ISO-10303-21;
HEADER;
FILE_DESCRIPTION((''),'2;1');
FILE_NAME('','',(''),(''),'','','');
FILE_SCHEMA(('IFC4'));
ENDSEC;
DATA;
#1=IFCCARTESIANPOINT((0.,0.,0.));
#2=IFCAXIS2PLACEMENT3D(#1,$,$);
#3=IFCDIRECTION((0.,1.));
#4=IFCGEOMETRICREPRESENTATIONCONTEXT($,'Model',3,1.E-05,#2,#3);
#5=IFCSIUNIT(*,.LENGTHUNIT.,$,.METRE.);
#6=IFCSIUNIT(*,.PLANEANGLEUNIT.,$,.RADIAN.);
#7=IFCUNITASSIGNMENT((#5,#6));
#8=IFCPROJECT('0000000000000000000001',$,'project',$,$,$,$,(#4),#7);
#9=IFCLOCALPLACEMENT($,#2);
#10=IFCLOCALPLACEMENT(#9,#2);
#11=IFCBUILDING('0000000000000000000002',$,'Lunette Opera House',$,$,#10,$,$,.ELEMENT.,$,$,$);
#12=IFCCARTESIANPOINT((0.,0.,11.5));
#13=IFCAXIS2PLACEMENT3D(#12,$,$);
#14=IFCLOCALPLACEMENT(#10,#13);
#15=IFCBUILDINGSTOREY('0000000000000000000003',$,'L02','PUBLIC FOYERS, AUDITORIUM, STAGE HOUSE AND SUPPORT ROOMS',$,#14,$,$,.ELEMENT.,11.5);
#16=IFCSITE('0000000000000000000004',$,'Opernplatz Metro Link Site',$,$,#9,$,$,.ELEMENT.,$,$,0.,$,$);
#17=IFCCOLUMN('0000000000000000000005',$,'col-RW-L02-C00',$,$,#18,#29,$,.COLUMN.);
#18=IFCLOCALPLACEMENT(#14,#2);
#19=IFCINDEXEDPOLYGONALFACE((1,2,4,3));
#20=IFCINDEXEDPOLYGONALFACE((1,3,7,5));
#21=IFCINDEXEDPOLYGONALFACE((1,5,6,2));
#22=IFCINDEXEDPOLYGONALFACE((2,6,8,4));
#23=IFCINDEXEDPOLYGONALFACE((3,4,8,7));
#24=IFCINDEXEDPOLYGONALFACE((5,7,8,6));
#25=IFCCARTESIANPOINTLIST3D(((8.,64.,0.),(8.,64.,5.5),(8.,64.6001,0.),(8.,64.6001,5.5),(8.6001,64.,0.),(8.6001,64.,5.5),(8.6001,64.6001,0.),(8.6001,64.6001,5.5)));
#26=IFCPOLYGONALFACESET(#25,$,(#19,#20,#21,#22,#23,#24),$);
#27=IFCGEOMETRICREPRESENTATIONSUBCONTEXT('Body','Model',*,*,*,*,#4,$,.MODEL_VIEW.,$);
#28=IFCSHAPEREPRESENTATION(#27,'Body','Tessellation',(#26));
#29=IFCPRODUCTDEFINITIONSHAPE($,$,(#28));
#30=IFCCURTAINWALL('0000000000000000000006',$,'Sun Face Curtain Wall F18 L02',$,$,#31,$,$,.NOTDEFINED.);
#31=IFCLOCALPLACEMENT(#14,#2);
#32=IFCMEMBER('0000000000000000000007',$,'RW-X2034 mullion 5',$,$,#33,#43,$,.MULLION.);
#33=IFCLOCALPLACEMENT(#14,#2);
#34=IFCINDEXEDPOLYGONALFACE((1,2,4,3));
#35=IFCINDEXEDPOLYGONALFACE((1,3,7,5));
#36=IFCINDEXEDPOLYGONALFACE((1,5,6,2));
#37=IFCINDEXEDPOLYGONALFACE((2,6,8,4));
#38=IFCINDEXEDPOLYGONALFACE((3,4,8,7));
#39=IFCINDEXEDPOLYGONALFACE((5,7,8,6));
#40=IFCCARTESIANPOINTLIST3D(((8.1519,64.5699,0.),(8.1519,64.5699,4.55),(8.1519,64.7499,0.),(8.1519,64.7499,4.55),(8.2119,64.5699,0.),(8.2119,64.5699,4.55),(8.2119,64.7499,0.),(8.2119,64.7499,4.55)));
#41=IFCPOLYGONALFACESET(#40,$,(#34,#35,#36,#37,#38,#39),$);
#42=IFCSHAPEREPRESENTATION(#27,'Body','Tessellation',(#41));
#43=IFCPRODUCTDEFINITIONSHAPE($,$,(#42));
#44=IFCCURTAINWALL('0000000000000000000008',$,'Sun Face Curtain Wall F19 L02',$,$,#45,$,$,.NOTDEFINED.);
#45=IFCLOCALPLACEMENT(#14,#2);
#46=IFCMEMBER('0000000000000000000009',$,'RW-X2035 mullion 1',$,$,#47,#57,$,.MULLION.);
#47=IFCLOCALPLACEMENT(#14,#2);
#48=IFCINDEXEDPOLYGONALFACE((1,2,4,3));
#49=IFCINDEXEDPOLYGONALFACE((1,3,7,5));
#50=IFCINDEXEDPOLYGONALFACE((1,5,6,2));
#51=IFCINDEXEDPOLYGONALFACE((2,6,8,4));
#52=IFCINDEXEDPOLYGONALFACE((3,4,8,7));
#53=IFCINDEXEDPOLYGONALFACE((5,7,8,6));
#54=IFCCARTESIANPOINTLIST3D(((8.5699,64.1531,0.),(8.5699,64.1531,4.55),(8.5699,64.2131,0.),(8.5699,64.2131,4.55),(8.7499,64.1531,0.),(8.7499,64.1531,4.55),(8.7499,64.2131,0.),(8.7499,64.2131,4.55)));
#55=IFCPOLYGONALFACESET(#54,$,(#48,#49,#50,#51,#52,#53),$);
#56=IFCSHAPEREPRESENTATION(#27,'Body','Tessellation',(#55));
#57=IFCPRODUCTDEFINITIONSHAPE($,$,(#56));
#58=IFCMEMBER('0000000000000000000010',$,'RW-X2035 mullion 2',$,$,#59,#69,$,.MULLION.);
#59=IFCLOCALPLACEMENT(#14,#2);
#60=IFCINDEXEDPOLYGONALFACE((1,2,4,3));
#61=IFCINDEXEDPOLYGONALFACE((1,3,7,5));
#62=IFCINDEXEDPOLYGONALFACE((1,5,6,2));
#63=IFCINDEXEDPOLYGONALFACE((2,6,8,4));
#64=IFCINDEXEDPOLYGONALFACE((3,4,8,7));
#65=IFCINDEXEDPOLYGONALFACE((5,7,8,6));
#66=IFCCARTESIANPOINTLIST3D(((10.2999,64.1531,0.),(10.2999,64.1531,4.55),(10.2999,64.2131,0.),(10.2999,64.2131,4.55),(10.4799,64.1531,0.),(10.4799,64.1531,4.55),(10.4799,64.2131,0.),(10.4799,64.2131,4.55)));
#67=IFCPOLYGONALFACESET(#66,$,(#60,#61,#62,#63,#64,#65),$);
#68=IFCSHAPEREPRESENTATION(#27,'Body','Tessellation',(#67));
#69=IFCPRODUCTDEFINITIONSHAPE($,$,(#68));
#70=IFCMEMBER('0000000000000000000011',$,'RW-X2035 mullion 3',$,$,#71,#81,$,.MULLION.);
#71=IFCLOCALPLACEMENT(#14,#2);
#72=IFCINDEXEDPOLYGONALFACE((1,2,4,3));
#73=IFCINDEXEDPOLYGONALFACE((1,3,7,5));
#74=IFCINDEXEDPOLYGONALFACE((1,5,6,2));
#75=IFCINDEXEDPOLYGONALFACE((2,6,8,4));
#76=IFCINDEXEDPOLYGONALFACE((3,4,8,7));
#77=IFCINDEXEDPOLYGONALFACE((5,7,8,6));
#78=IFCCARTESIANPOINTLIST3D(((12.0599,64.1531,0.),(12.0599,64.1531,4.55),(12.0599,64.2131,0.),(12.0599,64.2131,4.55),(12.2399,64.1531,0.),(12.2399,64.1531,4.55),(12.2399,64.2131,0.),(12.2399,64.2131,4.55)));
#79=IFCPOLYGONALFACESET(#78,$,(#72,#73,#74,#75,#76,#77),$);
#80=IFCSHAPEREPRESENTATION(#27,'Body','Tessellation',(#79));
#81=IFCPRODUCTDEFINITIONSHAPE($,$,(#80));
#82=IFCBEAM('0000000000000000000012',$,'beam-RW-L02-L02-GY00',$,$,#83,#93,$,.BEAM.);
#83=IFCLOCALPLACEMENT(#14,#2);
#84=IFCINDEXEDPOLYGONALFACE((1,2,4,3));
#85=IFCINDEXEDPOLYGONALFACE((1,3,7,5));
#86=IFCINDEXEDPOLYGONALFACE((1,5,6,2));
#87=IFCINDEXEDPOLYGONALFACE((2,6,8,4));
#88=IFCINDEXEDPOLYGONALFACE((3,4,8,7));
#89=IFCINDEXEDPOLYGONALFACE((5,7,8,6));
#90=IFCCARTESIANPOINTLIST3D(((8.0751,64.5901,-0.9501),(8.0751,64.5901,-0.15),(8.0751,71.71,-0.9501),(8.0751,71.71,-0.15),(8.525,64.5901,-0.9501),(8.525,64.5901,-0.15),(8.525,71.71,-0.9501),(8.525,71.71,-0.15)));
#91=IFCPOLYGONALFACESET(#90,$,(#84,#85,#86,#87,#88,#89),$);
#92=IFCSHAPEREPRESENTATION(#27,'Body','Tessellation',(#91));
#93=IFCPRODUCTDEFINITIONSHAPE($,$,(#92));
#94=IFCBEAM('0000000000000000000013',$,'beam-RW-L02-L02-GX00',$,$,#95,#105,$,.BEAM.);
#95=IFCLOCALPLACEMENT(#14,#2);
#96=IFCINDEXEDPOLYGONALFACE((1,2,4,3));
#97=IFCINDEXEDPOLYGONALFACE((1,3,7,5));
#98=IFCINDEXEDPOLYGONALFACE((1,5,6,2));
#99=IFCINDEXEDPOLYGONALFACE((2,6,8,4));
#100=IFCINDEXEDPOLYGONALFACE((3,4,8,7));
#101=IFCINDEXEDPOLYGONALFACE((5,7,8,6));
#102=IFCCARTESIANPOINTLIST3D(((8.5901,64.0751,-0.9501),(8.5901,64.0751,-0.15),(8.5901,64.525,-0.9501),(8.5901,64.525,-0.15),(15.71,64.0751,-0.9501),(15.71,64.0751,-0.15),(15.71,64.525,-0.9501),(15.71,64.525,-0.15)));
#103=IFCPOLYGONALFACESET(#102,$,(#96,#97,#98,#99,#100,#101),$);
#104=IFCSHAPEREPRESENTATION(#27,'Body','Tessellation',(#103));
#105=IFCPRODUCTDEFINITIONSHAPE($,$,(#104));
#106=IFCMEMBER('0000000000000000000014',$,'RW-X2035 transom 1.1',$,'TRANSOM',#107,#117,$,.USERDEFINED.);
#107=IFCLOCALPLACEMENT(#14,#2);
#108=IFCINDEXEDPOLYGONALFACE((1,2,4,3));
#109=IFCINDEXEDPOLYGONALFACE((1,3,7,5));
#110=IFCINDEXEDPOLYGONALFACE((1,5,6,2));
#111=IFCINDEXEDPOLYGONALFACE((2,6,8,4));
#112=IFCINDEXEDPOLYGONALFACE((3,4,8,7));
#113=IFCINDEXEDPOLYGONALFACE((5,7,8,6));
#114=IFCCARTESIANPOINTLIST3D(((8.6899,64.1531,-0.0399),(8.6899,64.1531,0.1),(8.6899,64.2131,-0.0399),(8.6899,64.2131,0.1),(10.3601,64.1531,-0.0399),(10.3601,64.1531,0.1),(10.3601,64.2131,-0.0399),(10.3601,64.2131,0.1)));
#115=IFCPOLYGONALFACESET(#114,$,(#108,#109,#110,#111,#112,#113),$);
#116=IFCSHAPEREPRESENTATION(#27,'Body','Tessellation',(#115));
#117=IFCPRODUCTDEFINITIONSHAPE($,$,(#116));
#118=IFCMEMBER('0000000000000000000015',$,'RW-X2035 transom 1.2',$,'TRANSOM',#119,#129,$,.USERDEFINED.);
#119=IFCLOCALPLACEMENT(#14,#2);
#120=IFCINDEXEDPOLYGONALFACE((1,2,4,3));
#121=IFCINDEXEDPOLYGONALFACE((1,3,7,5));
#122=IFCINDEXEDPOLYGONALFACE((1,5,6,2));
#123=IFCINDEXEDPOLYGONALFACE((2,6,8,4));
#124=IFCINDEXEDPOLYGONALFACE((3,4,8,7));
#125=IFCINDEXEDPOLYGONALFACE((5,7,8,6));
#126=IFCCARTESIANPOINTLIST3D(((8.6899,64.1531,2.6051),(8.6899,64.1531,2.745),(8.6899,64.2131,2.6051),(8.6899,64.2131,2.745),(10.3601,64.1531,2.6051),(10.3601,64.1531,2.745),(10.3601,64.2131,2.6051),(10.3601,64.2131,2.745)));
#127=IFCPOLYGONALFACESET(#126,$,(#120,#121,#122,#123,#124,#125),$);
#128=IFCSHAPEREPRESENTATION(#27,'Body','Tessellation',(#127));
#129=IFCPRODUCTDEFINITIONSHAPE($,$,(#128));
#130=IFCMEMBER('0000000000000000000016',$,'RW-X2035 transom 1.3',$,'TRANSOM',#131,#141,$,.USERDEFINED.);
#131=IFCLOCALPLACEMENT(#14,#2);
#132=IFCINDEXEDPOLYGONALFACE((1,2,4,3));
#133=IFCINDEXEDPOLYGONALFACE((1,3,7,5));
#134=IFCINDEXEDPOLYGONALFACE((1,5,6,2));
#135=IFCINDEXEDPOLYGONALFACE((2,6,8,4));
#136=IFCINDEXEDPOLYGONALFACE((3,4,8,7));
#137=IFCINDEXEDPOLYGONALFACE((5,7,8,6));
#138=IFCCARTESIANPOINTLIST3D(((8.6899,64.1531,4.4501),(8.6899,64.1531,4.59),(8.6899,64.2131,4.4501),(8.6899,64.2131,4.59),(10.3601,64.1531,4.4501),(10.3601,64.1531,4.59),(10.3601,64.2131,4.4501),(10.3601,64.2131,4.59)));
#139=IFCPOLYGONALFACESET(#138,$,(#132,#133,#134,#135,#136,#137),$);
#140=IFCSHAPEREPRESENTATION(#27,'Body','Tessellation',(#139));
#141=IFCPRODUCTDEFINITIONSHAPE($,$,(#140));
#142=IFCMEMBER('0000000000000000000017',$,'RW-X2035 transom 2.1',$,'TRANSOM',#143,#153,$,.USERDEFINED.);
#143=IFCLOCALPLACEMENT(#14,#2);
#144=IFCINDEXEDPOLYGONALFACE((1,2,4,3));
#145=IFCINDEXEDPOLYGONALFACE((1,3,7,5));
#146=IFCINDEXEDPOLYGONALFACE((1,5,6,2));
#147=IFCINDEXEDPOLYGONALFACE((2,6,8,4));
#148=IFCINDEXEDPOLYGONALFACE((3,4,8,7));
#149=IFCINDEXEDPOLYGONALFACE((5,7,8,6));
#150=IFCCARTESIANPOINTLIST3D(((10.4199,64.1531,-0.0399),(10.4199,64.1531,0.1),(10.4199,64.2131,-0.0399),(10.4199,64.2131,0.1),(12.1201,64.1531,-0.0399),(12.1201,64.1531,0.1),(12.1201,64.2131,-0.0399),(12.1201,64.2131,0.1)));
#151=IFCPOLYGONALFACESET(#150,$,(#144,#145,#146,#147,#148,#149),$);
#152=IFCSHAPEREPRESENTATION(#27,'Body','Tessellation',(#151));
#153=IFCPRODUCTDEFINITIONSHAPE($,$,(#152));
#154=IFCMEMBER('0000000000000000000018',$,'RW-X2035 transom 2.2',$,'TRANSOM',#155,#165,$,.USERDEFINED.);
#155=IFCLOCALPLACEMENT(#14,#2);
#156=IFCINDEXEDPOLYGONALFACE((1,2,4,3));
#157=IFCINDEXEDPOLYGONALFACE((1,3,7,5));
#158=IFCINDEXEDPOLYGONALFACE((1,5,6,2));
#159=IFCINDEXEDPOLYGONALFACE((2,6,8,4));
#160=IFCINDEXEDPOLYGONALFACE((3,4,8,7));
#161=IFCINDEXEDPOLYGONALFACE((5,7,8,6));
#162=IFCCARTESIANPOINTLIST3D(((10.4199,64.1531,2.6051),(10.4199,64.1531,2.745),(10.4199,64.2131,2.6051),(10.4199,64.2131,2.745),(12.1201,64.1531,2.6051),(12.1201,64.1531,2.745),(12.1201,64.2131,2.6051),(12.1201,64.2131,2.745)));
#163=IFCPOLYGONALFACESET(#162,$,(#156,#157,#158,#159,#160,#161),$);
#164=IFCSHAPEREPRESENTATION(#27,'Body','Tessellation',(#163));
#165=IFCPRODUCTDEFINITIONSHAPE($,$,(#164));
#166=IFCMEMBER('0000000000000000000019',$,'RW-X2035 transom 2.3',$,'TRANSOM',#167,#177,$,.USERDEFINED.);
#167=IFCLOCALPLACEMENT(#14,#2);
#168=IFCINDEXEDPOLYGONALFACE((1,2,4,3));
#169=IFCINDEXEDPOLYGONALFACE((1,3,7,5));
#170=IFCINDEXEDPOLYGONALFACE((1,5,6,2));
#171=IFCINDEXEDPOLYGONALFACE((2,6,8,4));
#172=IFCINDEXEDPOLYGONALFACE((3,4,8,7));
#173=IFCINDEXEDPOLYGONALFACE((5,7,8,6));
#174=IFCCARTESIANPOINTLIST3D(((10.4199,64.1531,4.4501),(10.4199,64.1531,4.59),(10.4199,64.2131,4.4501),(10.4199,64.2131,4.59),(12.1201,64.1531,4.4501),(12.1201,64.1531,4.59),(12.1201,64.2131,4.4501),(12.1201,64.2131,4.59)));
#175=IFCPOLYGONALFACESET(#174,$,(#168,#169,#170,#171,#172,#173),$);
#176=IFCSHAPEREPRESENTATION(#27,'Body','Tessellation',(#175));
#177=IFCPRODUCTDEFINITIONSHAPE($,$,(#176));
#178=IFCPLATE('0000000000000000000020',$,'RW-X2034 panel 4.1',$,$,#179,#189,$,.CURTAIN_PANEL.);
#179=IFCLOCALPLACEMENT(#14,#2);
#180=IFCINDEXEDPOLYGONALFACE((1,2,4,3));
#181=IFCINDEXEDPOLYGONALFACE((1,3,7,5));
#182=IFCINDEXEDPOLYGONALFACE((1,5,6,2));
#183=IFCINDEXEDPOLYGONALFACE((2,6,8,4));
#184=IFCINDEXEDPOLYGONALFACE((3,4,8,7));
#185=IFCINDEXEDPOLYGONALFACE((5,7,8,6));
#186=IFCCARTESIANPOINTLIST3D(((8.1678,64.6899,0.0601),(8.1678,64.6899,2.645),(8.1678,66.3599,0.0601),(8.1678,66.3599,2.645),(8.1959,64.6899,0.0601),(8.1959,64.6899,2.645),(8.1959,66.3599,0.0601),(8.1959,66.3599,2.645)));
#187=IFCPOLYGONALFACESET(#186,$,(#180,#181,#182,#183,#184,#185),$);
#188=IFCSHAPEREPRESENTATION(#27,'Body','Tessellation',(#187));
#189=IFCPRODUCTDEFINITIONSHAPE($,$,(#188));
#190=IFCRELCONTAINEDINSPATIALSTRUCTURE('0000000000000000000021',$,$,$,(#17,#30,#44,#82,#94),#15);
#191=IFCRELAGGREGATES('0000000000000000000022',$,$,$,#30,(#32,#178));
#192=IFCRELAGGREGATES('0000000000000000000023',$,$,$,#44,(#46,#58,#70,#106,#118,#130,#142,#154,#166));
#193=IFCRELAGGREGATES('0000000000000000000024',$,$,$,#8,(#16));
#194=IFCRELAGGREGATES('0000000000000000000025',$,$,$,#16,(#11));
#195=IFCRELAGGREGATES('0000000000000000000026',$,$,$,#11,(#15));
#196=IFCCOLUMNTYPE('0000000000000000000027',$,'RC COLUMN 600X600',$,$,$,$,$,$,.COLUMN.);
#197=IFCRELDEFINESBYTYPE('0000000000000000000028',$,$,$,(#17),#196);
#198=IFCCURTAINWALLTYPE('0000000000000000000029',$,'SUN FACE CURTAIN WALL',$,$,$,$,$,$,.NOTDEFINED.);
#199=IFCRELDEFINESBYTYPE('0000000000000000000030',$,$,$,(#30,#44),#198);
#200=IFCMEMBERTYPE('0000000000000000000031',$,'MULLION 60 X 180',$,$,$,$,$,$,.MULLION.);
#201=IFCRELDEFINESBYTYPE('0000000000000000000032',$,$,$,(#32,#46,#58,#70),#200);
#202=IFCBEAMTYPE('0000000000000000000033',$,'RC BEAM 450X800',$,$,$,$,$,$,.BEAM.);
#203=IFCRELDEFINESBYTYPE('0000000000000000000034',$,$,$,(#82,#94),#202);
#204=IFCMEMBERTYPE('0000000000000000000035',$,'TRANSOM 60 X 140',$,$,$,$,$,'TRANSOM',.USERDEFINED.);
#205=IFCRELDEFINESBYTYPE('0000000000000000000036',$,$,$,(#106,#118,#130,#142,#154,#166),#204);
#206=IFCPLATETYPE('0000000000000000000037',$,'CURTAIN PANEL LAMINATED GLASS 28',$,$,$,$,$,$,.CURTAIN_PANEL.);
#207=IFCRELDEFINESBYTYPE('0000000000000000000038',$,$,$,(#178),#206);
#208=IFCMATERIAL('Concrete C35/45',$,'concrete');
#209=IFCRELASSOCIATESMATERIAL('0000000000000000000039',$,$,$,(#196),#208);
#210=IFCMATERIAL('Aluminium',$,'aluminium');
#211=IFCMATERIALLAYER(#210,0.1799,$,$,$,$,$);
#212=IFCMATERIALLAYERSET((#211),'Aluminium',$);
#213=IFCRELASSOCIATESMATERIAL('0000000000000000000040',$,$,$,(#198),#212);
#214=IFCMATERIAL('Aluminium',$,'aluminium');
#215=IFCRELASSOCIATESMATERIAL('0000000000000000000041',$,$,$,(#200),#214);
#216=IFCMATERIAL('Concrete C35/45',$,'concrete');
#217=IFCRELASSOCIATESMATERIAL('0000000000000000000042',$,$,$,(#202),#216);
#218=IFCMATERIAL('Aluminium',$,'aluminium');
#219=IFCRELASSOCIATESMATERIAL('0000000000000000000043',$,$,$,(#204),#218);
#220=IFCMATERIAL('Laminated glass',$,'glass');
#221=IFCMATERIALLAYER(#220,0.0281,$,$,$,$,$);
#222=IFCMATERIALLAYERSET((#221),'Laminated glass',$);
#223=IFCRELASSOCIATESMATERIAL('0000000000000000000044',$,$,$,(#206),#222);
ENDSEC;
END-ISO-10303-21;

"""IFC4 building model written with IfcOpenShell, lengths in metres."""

from ifc_helpers import new_model, si_unit, direction, frame, origin, origin_2d, place, context, subcontext, project, spatial, rectangle, extrude, material, layer, layer_set, material_profile, profile_set, type_object, element, aggregate, save


model = new_model("IFC4")

# Units and contexts
model_context = context("Model", 3, precision=1e-05, world=origin(), true_north=direction((0.0, 1.0)))
body_context = subcontext(model_context, "Body", "Model", "MODEL_VIEW")
ifc_project = project(units=[si_unit("LENGTHUNIT", "METRE"), si_unit("PLANEANGLEUNIT", "RADIAN")], contexts=[model_context])

# Site, building, storey
site_placement = place(None, origin())
site = spatial("IfcSite", under=ifc_project, at=site_placement, Name="Opernplatz Metro Link Site", CompositionType="ELEMENT", RefElevation=0.0)
building_placement = place(site_placement, origin())
building = spatial("IfcBuilding", under=site, at=building_placement, Name="Lunette Opera House", CompositionType="ELEMENT")
storey_placement = place(building_placement, frame((0.0, 0.0, 11.5)))
storey = spatial("IfcBuildingStorey", under=building, at=storey_placement, Name="L02", Description="PUBLIC FOYERS, AUDITORIUM, STAGE HOUSE AND SUPPORT ROOMS", CompositionType="ELEMENT", Elevation=11.5)

# Column
ifc_material_1 = material(Name="Concrete C35/45", Category="concrete")
ifc_material_profile_1 = material_profile(ifc_material_1, rectangle(XDim=0.6001, YDim=0.6001, at=origin_2d()), Name="RC COLUMN 600X600")
ifc_profile_set_1 = profile_set([ifc_material_profile_1], Name="Concrete C35/45")
column_type = type_object("IfcColumnType", Name="RC COLUMN 600X600", PredefinedType="COLUMN", material=ifc_profile_set_1)
column_placement = place(storey_placement, frame((8.3, 64.3, 0.0), z_axis=(0.0, 0.0, 1.0), x_axis=(1.0, 0.0, 0.0)))
element("IfcColumn", 1, at=column_placement, inside=storey, type_object=column_type, Name="col-RW-L02-C00", PredefinedType="COLUMN", context=body_context, shape_type="SweptSolid", body=[
    extrude(rectangle(XDim=0.6001, YDim=0.6001, at=origin_2d()), origin(), (0.0, 0.0, 1.0), 5.5),
])

# Curtain wall, member
ifc_material_2 = material(Name="Aluminium", Category="aluminium")
ifc_layer_1 = layer(ifc_material_2, 0.1799)
ifc_layer_set_1 = layer_set([ifc_layer_1], Name="Aluminium")
curtain_wall_type = type_object("IfcCurtainWallType", Name="SUN FACE CURTAIN WALL", PredefinedType="NOTDEFINED", material=ifc_layer_set_1)
curtain_wall_1_placement = place(storey_placement, origin())
curtain_wall_1 = element("IfcCurtainWall", 2, at=curtain_wall_1_placement, inside=storey, type_object=curtain_wall_type, Name="Sun Face Curtain Wall F18 L02", PredefinedType="NOTDEFINED")
ifc_material_3 = material(Name="Aluminium", Category="aluminium")
ifc_material_profile_2 = material_profile(ifc_material_3, rectangle(XDim=0.0601, YDim=0.1799, at=origin_2d()), Name="MULLION 60 X 180")
ifc_profile_set_2 = profile_set([ifc_material_profile_2], Name="Aluminium")
member_type_1 = type_object("IfcMemberType", Name="MULLION 60 X 180", PredefinedType="MULLION", material=ifc_profile_set_2)
member_1_placement = place(storey_placement, frame((8.1819, 64.6599, 0.0), z_axis=(0.0, 0.0, 1.0), x_axis=(1.0, 0.0, 0.0)))
member_1 = element("IfcMember", 3, at=member_1_placement, type_object=member_type_1, Name="RW-X2034 mullion 5", PredefinedType="MULLION", context=body_context, shape_type="SweptSolid", body=[
    extrude(rectangle(XDim=0.0601, YDim=0.1799, at=origin_2d()), origin(), (0.0, 0.0, 1.0), 4.55),
])

# Curtain wall, members
curtain_wall_2_placement = place(storey_placement, origin())
curtain_wall_2 = element("IfcCurtainWall", 4, at=curtain_wall_2_placement, inside=storey, type_object=curtain_wall_type, Name="Sun Face Curtain Wall F19 L02", PredefinedType="NOTDEFINED")
member_2_placement = place(storey_placement, frame((8.6599, 64.1831, 0.0), z_axis=(0.0, 0.0, 1.0), x_axis=(0.0, 1.0, 0.0)))
member_2 = element("IfcMember", 5, at=member_2_placement, type_object=member_type_1, Name="RW-X2035 mullion 1", PredefinedType="MULLION", context=body_context, shape_type="SweptSolid", body=[
    extrude(rectangle(XDim=0.0601, YDim=0.1799, at=origin_2d()), origin(), (0.0, 0.0, 1.0), 4.55),
])
member_3_placement = place(storey_placement, frame((10.3899, 64.1831, 0.0), z_axis=(0.0, 0.0, 1.0), x_axis=(0.0, 1.0, 0.0)))
member_3 = element("IfcMember", 6, at=member_3_placement, type_object=member_type_1, Name="RW-X2035 mullion 2", PredefinedType="MULLION", context=body_context, shape_type="SweptSolid", body=[
    extrude(rectangle(XDim=0.0601, YDim=0.1799, at=origin_2d()), origin(), (0.0, 0.0, 1.0), 4.55),
])
member_4_placement = place(storey_placement, frame((12.1499, 64.1831, 0.0), z_axis=(0.0, 0.0, 1.0), x_axis=(0.0, 1.0, 0.0)))
member_4 = element("IfcMember", 7, at=member_4_placement, type_object=member_type_1, Name="RW-X2035 mullion 3", PredefinedType="MULLION", context=body_context, shape_type="SweptSolid", body=[
    extrude(rectangle(XDim=0.0601, YDim=0.1799, at=origin_2d()), origin(), (0.0, 0.0, 1.0), 4.55),
])

# Beams
ifc_material_4 = material(Name="Concrete C35/45", Category="concrete")
ifc_material_profile_3 = material_profile(ifc_material_4, rectangle(XDim=0.45, YDim=0.8, at=origin_2d()), Name="RC BEAM 450X800")
ifc_profile_set_3 = profile_set([ifc_material_profile_3], Name="Concrete C35/45")
beam_type = type_object("IfcBeamType", Name="RC BEAM 450X800", PredefinedType="BEAM", material=ifc_profile_set_3)
for number, where, z_axis, x_axis, name in (
    (8, (8.3, 64.5901, -0.55), (0.0, 1.0, 0.0), (-1.0, 0.0, 0.0), "beam-RW-L02-L02-GY00"),
    (9, (8.5901, 64.3, -0.55), (1.0, 0.0, 0.0), (0.0, 1.0, 0.0), "beam-RW-L02-L02-GX00"),
):
    element("IfcBeam", number, at=place(storey_placement, frame(where, z_axis=z_axis, x_axis=x_axis)), inside=storey, type_object=beam_type, Name=name, PredefinedType="BEAM", context=body_context, shape_type="SweptSolid", body=[
        extrude(rectangle(XDim=0.45, YDim=0.8, at=origin_2d()), origin(), (0.0, 0.0, 1.0), 7.1199),
    ])

# Members
ifc_material_5 = material(Name="Aluminium", Category="aluminium")
ifc_material_profile_4 = material_profile(ifc_material_5, rectangle(XDim=0.0601, YDim=0.1399, at=origin_2d()), Name="TRANSOM 60 X 140")
ifc_profile_set_4 = profile_set([ifc_material_profile_4], Name="Aluminium")
member_type_2 = type_object("IfcMemberType", Name="TRANSOM 60 X 140", ElementType="TRANSOM", PredefinedType="USERDEFINED", material=ifc_profile_set_4)
member_5_placement = place(storey_placement, frame((8.6899, 64.1831, 0.03), z_axis=(1.0, 0.0, 0.0), x_axis=(0.0, 1.0, 0.0)))
member_5 = element("IfcMember", 10, at=member_5_placement, type_object=member_type_2, Name="RW-X2035 transom 1.1", ObjectType="TRANSOM", PredefinedType="USERDEFINED", context=body_context, shape_type="SweptSolid", body=[
    extrude(rectangle(XDim=0.0601, YDim=0.1399, at=origin_2d()), origin(), (0.0, 0.0, 1.0), 1.6702),
])
member_6_placement = place(storey_placement, frame((8.6899, 64.1831, 2.675), z_axis=(1.0, 0.0, 0.0), x_axis=(0.0, 1.0, 0.0)))
member_6 = element("IfcMember", 11, at=member_6_placement, type_object=member_type_2, Name="RW-X2035 transom 1.2", ObjectType="TRANSOM", PredefinedType="USERDEFINED", context=body_context, shape_type="SweptSolid", body=[
    extrude(rectangle(XDim=0.0601, YDim=0.1399, at=origin_2d()), origin(), (0.0, 0.0, 1.0), 1.6702),
])
member_7_placement = place(storey_placement, frame((8.6899, 64.1831, 4.52), z_axis=(1.0, 0.0, 0.0), x_axis=(0.0, 1.0, 0.0)))
member_7 = element("IfcMember", 12, at=member_7_placement, type_object=member_type_2, Name="RW-X2035 transom 1.3", ObjectType="TRANSOM", PredefinedType="USERDEFINED", context=body_context, shape_type="SweptSolid", body=[
    extrude(rectangle(XDim=0.0601, YDim=0.1399, at=origin_2d()), origin(), (0.0, 0.0, 1.0), 1.6702),
])
member_8_placement = place(storey_placement, frame((10.4199, 64.1831, 0.03), z_axis=(1.0, 0.0, 0.0), x_axis=(0.0, 1.0, 0.0)))
member_8 = element("IfcMember", 13, at=member_8_placement, type_object=member_type_2, Name="RW-X2035 transom 2.1", ObjectType="TRANSOM", PredefinedType="USERDEFINED", context=body_context, shape_type="SweptSolid", body=[
    extrude(rectangle(XDim=0.0601, YDim=0.1399, at=origin_2d()), origin(), (0.0, 0.0, 1.0), 1.7002),
])
member_9_placement = place(storey_placement, frame((10.4199, 64.1831, 2.675), z_axis=(1.0, 0.0, 0.0), x_axis=(0.0, 1.0, 0.0)))
member_9 = element("IfcMember", 14, at=member_9_placement, type_object=member_type_2, Name="RW-X2035 transom 2.2", ObjectType="TRANSOM", PredefinedType="USERDEFINED", context=body_context, shape_type="SweptSolid", body=[
    extrude(rectangle(XDim=0.0601, YDim=0.1399, at=origin_2d()), origin(), (0.0, 0.0, 1.0), 1.7002),
])
member_10_placement = place(storey_placement, frame((10.4199, 64.1831, 4.52), z_axis=(1.0, 0.0, 0.0), x_axis=(0.0, 1.0, 0.0)))
member_10 = element("IfcMember", 15, at=member_10_placement, type_object=member_type_2, Name="RW-X2035 transom 2.3", ObjectType="TRANSOM", PredefinedType="USERDEFINED", context=body_context, shape_type="SweptSolid", body=[
    extrude(rectangle(XDim=0.0601, YDim=0.1399, at=origin_2d()), origin(), (0.0, 0.0, 1.0), 1.7002),
])

# Plate
ifc_material_6 = material(Name="Laminated glass", Category="glass")
ifc_layer_2 = layer(ifc_material_6, 0.0281)
ifc_layer_set_2 = layer_set([ifc_layer_2], Name="Laminated glass")
plate_type = type_object("IfcPlateType", Name="CURTAIN PANEL LAMINATED GLASS 28", PredefinedType="CURTAIN_PANEL", material=ifc_layer_set_2)
plate_1_placement = place(storey_placement, frame((8.1819, 65.5249, 0.0601), z_axis=(0.0, 0.0, 1.0), x_axis=(0.0, -1.0, 0.0)))
plate_1 = element("IfcPlate", 16, at=plate_1_placement, type_object=plate_type, Name="RW-X2034 panel 4.1", PredefinedType="CURTAIN_PANEL", context=body_context, shape_type="SweptSolid", body=[
    extrude(rectangle(XDim=1.6699, YDim=0.0281, at=origin_2d()), origin(), (0.0, 0.0, 1.0), 2.585),
])
aggregate(curtain_wall_1, [member_1, plate_1])
aggregate(curtain_wall_2, [member_2, member_3, member_4, member_5, member_6, member_7, member_8, member_9, member_10])

save(model, "model.ifc")
